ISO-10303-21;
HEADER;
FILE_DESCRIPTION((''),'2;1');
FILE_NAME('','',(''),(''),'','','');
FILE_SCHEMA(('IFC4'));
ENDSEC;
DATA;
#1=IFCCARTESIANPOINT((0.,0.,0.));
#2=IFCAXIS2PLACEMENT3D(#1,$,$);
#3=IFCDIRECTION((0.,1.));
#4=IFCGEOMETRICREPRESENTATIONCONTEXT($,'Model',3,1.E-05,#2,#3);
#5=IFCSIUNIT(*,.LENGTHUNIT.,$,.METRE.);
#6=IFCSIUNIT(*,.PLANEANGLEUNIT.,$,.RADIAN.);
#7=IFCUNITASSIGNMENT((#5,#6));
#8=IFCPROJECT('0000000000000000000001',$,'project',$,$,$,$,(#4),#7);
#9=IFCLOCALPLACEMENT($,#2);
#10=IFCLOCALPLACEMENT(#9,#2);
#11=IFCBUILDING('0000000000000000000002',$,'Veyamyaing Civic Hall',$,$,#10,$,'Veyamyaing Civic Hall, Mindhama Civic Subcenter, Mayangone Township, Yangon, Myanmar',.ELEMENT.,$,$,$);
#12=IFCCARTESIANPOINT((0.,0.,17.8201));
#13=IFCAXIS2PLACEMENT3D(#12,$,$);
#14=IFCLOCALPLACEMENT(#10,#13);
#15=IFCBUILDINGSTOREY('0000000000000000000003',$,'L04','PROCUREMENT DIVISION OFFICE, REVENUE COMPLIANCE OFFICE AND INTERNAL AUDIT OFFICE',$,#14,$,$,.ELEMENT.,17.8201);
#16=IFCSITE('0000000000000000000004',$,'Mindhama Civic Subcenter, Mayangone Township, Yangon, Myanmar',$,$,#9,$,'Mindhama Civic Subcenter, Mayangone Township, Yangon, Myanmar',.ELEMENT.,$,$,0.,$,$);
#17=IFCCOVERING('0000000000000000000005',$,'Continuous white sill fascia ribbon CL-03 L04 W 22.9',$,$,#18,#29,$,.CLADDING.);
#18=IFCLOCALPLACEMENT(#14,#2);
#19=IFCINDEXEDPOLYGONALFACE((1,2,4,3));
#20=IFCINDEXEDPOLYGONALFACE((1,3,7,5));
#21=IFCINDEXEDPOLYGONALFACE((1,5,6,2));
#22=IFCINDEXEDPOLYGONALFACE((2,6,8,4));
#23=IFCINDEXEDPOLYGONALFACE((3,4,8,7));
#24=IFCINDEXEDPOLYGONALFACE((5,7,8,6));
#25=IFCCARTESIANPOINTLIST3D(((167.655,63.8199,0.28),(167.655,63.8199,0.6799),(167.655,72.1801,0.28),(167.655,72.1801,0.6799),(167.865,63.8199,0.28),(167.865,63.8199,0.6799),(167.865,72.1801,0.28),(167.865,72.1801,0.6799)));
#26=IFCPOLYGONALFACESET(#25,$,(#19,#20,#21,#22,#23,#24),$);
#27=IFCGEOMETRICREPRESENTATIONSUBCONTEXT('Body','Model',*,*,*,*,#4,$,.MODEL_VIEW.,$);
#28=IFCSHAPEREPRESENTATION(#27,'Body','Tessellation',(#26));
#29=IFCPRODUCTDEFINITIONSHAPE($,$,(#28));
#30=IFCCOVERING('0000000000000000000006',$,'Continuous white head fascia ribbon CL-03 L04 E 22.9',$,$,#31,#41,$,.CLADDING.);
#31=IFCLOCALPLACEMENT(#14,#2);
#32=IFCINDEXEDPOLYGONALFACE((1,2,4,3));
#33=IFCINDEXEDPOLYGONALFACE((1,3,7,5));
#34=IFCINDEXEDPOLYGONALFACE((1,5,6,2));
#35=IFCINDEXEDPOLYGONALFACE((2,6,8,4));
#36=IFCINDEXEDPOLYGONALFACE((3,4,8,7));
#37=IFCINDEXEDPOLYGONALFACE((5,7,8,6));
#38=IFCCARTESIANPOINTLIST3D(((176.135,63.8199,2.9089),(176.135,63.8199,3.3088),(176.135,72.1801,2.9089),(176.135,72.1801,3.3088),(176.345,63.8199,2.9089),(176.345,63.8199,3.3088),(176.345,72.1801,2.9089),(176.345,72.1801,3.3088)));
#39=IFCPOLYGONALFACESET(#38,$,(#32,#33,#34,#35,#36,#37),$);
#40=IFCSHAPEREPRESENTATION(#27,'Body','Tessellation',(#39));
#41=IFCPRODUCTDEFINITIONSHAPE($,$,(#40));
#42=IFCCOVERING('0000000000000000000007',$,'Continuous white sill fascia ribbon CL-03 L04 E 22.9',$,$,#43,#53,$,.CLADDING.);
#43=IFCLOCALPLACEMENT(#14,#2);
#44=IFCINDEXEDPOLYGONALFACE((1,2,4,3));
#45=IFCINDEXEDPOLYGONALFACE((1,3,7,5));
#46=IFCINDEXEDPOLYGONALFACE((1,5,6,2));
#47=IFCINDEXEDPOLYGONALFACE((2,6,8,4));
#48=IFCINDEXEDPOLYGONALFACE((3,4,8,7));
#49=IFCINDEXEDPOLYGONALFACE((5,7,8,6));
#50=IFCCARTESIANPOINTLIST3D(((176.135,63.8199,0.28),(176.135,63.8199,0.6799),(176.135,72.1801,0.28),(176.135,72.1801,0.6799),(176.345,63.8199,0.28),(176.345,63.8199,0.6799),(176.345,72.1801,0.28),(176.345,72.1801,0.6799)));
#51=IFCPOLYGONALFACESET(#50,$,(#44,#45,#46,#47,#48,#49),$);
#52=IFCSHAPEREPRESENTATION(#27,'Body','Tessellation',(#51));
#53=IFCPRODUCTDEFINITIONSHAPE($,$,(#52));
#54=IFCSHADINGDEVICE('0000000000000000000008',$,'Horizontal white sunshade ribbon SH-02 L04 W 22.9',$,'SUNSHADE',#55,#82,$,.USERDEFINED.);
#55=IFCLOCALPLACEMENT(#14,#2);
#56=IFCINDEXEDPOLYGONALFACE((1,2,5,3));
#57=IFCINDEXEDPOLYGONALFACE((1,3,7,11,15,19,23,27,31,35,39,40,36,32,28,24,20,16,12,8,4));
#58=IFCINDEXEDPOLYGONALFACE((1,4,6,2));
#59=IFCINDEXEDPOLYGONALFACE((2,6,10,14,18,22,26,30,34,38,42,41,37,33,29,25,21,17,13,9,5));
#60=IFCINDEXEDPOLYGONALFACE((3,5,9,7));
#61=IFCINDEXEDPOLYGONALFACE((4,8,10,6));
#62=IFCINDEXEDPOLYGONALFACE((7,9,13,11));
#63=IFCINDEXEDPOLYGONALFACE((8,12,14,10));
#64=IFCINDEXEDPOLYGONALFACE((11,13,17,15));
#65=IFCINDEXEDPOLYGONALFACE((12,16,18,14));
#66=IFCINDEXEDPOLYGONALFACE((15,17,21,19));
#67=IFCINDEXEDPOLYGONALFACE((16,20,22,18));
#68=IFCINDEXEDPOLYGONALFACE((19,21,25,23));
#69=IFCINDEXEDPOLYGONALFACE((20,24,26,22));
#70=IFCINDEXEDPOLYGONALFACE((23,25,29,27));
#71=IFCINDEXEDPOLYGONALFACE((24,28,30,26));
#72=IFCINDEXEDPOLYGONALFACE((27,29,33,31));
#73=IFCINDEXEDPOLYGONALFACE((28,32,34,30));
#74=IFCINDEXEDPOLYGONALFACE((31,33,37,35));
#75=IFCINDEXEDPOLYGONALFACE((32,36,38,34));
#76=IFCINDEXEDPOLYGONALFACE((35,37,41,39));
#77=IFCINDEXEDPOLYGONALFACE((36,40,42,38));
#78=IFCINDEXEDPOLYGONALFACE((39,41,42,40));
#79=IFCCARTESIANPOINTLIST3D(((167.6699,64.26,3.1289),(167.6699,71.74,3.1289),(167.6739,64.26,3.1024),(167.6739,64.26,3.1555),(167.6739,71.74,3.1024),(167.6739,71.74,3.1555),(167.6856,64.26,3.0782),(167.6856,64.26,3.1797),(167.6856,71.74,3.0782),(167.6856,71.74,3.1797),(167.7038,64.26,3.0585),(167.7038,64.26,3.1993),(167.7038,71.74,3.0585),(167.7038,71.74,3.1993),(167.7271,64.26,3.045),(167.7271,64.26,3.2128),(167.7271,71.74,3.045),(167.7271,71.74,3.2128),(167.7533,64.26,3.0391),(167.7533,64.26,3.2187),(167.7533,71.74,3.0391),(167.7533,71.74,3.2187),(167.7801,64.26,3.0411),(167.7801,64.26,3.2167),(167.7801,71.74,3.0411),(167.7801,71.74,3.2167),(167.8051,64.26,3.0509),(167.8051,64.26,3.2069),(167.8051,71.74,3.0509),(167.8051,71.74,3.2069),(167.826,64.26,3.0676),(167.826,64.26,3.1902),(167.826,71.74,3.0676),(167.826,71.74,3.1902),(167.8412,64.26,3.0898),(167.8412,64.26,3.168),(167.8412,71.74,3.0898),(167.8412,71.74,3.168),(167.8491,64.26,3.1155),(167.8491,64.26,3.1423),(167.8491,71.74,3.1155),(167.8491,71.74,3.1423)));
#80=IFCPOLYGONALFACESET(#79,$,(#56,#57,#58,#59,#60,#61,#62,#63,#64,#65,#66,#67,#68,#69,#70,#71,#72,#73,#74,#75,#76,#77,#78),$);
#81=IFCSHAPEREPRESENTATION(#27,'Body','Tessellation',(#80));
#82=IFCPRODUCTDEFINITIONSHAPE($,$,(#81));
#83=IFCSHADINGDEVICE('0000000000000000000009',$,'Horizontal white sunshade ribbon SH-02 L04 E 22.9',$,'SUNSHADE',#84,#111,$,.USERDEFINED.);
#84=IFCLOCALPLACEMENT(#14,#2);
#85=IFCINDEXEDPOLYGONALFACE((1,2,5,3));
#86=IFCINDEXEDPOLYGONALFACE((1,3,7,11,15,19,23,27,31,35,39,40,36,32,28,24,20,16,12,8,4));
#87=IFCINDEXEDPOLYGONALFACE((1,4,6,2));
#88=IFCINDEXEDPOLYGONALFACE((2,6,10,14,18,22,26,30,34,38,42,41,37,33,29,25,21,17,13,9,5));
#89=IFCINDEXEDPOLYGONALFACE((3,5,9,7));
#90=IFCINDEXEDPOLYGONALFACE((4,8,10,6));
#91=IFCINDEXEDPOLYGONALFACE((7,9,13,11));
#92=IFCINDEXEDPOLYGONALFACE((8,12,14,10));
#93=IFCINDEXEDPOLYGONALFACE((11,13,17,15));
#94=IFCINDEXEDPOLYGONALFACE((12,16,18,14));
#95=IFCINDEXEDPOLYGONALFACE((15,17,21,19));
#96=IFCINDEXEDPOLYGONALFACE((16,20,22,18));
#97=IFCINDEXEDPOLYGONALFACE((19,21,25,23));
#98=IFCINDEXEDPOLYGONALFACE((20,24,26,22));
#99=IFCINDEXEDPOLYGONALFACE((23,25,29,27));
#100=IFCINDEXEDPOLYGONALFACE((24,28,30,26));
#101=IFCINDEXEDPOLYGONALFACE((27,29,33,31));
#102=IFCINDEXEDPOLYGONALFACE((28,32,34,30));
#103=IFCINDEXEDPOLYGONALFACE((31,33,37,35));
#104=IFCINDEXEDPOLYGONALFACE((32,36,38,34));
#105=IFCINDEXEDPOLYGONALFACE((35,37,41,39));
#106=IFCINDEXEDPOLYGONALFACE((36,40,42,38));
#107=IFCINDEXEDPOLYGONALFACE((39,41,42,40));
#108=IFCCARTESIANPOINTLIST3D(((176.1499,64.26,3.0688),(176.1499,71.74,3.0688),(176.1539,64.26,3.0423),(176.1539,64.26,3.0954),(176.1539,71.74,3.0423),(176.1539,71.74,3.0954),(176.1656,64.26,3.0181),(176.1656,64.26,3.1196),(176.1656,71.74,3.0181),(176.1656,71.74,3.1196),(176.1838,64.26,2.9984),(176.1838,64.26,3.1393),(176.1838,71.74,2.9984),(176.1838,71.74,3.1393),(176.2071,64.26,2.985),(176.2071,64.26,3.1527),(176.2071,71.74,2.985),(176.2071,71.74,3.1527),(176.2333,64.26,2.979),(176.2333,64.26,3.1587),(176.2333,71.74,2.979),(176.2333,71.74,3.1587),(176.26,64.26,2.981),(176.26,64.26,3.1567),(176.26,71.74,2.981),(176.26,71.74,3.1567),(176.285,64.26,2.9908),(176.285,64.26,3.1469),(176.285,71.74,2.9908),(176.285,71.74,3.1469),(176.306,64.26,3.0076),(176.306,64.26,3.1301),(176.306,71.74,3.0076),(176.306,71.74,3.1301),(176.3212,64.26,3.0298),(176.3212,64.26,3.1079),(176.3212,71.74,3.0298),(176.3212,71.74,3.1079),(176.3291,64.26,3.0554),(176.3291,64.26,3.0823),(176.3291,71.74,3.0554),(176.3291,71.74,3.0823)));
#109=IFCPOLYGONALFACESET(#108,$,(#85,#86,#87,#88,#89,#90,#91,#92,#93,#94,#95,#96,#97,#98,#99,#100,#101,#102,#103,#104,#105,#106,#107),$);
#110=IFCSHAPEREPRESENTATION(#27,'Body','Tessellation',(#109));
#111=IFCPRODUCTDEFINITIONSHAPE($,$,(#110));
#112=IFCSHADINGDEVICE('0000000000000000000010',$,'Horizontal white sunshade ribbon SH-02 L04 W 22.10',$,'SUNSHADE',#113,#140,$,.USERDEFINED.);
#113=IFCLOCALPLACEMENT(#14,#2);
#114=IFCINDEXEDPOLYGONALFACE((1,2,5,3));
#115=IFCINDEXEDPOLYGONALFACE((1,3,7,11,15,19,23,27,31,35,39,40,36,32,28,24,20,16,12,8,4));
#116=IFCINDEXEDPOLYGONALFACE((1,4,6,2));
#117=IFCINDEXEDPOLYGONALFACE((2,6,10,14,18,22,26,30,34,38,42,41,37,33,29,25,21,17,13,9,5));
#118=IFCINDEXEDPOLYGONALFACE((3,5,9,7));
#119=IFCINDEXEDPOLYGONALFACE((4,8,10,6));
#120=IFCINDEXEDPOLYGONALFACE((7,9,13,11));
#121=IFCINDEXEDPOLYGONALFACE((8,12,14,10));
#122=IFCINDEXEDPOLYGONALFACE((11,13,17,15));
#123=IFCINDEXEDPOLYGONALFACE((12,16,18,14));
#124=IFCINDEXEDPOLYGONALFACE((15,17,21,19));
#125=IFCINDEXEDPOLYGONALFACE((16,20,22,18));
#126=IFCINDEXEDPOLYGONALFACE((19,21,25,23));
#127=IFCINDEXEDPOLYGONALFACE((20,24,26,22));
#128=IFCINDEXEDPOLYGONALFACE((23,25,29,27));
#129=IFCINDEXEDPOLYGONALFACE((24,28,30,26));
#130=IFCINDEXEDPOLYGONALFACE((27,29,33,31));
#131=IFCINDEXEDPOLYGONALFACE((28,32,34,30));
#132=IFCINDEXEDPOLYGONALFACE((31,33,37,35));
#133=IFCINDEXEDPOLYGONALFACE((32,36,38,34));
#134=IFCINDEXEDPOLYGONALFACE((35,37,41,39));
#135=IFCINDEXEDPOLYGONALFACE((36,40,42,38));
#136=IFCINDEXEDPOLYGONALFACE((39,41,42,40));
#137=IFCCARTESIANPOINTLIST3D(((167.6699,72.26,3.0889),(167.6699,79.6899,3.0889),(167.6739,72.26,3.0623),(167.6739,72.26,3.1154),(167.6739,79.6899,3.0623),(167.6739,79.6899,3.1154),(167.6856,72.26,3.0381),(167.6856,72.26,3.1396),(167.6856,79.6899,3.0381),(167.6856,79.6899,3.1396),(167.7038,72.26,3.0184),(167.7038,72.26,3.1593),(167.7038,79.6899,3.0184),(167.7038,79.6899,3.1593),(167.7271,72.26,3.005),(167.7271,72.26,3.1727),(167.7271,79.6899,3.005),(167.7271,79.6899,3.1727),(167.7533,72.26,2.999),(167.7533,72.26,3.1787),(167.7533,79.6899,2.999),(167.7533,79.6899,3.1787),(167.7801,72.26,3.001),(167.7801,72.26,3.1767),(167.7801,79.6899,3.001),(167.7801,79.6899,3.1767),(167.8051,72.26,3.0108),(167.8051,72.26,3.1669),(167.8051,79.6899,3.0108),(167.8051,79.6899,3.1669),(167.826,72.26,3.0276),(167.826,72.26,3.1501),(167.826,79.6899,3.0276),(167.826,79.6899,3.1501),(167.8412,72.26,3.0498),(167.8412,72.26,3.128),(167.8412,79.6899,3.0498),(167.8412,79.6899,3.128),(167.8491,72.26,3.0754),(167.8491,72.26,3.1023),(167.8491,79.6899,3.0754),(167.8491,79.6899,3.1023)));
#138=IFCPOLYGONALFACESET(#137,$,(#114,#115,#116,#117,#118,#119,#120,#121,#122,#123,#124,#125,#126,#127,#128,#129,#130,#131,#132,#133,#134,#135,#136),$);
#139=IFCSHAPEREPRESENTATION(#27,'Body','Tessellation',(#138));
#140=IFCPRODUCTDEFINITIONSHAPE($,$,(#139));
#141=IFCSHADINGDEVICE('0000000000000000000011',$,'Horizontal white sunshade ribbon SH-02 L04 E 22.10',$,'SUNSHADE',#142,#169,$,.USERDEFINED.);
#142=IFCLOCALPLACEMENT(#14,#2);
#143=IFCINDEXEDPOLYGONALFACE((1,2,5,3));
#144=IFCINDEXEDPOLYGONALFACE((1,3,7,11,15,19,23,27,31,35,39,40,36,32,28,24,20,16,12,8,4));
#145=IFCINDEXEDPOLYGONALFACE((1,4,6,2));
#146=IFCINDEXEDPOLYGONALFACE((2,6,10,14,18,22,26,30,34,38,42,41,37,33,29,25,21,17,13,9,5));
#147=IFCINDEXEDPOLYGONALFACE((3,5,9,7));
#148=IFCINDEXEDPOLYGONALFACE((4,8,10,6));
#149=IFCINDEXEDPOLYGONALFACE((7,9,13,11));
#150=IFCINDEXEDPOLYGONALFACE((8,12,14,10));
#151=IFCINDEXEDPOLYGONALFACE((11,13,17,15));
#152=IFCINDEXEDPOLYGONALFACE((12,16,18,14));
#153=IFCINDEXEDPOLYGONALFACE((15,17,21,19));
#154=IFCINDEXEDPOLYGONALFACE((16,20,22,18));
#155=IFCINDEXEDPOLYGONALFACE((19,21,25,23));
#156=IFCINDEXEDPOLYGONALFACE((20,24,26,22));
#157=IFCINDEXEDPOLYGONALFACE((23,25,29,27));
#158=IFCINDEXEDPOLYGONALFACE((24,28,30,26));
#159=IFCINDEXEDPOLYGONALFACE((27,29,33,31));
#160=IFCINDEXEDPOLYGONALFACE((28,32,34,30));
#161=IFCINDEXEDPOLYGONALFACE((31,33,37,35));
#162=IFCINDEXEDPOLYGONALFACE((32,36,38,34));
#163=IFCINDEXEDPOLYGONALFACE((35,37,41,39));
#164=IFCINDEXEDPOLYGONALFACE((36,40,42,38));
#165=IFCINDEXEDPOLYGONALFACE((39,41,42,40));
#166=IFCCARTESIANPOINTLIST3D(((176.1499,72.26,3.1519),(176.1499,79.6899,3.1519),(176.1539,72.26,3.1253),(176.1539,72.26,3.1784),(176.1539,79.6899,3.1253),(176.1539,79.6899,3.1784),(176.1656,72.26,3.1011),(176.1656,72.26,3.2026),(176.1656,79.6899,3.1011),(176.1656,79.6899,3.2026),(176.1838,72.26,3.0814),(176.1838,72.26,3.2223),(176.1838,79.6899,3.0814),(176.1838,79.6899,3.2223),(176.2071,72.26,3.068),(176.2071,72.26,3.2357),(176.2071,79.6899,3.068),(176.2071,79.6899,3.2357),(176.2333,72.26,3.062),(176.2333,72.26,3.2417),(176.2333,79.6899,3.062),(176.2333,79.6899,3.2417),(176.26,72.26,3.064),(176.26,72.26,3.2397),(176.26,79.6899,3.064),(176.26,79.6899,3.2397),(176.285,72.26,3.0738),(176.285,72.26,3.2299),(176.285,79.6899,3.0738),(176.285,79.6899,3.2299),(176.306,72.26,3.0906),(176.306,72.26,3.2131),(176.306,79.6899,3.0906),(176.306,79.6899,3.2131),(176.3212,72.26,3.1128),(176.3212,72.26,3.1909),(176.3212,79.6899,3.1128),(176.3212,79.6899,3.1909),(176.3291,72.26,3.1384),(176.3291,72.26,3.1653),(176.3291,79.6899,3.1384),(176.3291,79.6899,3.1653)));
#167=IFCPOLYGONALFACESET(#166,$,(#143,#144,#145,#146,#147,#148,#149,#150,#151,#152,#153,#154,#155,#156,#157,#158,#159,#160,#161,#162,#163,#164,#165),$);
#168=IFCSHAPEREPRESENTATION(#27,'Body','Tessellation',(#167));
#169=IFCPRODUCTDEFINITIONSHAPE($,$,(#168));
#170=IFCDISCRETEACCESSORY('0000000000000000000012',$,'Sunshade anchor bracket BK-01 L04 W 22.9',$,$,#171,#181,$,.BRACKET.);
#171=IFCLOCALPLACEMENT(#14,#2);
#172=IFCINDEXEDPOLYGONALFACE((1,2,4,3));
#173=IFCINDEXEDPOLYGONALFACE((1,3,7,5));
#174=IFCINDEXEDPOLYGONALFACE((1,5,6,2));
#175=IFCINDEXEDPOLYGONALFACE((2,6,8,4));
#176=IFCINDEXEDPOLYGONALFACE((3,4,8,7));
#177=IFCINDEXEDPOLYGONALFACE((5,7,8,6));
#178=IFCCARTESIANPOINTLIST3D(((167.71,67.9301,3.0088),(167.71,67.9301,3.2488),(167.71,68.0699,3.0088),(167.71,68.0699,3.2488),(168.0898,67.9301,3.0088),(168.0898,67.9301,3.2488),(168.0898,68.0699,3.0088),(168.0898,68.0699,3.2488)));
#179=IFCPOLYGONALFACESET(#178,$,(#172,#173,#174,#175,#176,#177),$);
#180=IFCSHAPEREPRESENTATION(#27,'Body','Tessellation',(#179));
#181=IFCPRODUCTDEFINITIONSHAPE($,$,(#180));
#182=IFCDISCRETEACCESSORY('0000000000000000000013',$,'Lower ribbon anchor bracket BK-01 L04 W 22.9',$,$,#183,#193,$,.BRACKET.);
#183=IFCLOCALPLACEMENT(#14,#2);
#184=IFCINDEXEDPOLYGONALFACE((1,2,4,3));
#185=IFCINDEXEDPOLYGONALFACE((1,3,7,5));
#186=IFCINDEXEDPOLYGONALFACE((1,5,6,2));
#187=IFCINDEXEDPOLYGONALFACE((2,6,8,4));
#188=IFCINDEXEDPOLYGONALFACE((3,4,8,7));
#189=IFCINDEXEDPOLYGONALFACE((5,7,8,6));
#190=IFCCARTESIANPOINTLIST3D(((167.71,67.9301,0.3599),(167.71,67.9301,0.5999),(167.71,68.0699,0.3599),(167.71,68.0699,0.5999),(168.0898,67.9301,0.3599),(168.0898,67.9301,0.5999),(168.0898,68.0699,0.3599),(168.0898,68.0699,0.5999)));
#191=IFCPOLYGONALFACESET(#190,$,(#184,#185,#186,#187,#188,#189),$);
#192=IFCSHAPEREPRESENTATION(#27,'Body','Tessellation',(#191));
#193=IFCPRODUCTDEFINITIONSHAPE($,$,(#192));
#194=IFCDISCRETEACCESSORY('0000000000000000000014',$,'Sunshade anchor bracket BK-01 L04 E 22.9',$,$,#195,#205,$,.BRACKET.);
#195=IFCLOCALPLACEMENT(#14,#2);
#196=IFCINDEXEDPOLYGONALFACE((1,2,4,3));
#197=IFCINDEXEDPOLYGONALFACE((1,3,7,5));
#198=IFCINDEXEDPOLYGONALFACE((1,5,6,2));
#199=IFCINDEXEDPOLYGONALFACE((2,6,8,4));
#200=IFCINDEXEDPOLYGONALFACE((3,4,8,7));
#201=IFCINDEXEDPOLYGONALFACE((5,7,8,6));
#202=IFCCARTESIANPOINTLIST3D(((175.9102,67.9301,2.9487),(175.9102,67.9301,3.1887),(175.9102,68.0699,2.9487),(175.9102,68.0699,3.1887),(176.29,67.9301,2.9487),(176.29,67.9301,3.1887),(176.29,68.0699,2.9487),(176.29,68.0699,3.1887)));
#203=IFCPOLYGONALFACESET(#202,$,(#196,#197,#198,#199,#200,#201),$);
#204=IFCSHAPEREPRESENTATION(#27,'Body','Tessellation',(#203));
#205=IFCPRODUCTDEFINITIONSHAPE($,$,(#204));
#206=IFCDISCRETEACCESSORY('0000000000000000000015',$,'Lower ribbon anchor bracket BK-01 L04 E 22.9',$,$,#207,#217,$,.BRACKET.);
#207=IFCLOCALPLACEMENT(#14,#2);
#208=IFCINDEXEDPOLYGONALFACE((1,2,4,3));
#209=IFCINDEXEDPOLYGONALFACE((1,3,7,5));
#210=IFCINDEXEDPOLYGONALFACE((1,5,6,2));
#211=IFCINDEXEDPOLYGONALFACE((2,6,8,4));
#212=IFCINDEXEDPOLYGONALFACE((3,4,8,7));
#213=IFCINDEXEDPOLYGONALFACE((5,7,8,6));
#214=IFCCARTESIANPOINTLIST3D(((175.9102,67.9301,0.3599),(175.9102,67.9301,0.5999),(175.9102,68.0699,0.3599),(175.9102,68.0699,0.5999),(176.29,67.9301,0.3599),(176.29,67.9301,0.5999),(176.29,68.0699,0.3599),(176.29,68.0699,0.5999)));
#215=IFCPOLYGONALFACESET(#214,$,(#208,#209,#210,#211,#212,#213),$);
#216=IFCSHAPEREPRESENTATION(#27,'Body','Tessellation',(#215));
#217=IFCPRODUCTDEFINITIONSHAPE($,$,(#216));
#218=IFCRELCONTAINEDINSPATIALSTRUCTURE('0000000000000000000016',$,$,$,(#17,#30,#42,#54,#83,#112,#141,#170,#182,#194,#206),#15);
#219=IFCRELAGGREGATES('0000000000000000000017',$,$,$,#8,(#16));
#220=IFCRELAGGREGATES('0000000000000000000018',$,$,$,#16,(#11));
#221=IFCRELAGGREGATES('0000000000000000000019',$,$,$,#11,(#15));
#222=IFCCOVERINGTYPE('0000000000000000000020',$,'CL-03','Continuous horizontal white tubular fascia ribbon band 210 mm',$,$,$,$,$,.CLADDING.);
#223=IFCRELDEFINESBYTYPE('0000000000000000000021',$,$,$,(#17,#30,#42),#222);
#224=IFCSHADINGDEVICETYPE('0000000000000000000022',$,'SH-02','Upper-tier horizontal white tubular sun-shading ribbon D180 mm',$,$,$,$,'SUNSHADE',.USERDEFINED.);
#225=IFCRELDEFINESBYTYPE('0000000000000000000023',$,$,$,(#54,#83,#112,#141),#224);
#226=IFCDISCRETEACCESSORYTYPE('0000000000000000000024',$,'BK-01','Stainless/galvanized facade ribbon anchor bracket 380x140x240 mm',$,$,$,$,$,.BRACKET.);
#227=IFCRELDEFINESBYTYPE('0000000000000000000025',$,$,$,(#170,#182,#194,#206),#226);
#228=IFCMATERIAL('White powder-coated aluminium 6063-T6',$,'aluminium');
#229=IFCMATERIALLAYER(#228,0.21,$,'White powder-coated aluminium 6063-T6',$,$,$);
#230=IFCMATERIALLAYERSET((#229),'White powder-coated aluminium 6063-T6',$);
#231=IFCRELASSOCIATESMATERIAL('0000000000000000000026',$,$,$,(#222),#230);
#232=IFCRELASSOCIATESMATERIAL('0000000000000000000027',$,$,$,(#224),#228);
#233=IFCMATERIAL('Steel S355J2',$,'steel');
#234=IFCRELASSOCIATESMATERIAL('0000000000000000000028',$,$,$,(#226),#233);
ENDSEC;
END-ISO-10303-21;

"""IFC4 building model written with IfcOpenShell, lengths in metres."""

from ifc_helpers import new_model, si_unit, direction, frame, origin, origin_2d, place, context, subcontext, project, spatial, rectangle, circle, extrude, material, layer, layer_set, material_profile, profile_set, type_object, element, save


model = new_model("IFC4")

# Units and contexts
model_context = context("Model", 3, precision=1e-05, world=origin(), true_north=direction((0.0, 1.0)))
body_context = subcontext(model_context, "Body", "Model", "MODEL_VIEW")
ifc_project = project(units=[si_unit("LENGTHUNIT", "METRE"), si_unit("PLANEANGLEUNIT", "RADIAN")], contexts=[model_context])

# Site, building, storey
site_placement = place(None, origin())
site = spatial("IfcSite", under=ifc_project, at=site_placement, Name="Mindhama Civic Subcenter, Mayangone Township, Yangon, Myanmar", LongName="Mindhama Civic Subcenter, Mayangone Township, Yangon, Myanmar", CompositionType="ELEMENT", RefElevation=0.0)
building_placement = place(site_placement, origin())
building = spatial("IfcBuilding", under=site, at=building_placement, Name="Veyamyaing Civic Hall", LongName="Veyamyaing Civic Hall, Mindhama Civic Subcenter, Mayangone Township, Yangon, Myanmar", CompositionType="ELEMENT")
storey_placement = place(building_placement, frame((0.0, 0.0, 17.8201)))
storey = spatial("IfcBuildingStorey", under=building, at=storey_placement, Name="L04", Description="PROCUREMENT DIVISION OFFICE, REVENUE COMPLIANCE OFFICE AND INTERNAL AUDIT OFFICE", CompositionType="ELEMENT", Elevation=17.8201)

# Coverings
ifc_material_1 = material(Name="White powder-coated aluminium 6063-T6", Category="aluminium")
ifc_layer_1 = layer(ifc_material_1, 0.21, Name="White powder-coated aluminium 6063-T6")
ifc_layer_set_1 = layer_set([ifc_layer_1], Name="White powder-coated aluminium 6063-T6")
covering_type_1 = type_object("IfcCoveringType", Name="CL-03", Description="Continuous horizontal white tubular fascia ribbon band 210 mm", PredefinedType="CLADDING", material=ifc_layer_set_1)
for number, where, z_axis, x_axis, name in (
    (1, (167.76, 68.0, 0.28), (0.0, 0.0, 1.0), (0.0, 1.0, 0.0), "Continuous white sill fascia ribbon CL-03 L04 W 22.9"),
    (2, (176.24, 68.0, 2.9089), (0.0, 0.0, 1.0), (0.0, 1.0, 0.0), "Continuous white head fascia ribbon CL-03 L04 E 22.9"),
    (3, (176.24, 68.0, 0.28), (0.0, 0.0, 1.0), (0.0, 1.0, 0.0), "Continuous white sill fascia ribbon CL-03 L04 E 22.9"),
):
    element("IfcCovering", number, at=place(storey_placement, frame(where, z_axis=z_axis, x_axis=x_axis)), inside=storey, type_object=covering_type_1, Name=name, PredefinedType="CLADDING", context=body_context, shape_type="SweptSolid", body=[
        extrude(rectangle(XDim=8.3601, YDim=0.21, at=origin_2d()), origin(), (0.0, 0.0, 1.0), 0.3999),
    ])

# Shading devices
ifc_material_profile_1 = material_profile(ifc_material_1, circle(Radius=0.0901, at=origin_2d()), Name="SHADE-TUBE-180")
ifc_profile_set_1 = profile_set([ifc_material_profile_1], Name="White powder-coated aluminium 6063-T6")
shading_device_type = type_object("IfcShadingDeviceType", Name="SH-02", Description="Upper-tier horizontal white tubular sun-shading ribbon D180 mm", ElementType="SUNSHADE", PredefinedType="USERDEFINED", material=ifc_profile_set_1)
for number, where, z_axis, x_axis, name in (
    (4, (167.76, 64.26, 3.1289), (0.0, 1.0, 0.0), (-1.0, 0.0, 0.0), "Horizontal white sunshade ribbon SH-02 L04 W 22.9"),
    (5, (176.24, 64.26, 3.0688), (0.0, 1.0, 0.0), (-1.0, 0.0, 0.0), "Horizontal white sunshade ribbon SH-02 L04 E 22.9"),
):
    element("IfcShadingDevice", number, at=place(storey_placement, frame(where, z_axis=z_axis, x_axis=x_axis)), inside=storey, type_object=shading_device_type, Name=name, ObjectType="SUNSHADE", PredefinedType="USERDEFINED", context=body_context, shape_type="SweptSolid", body=[
        extrude(circle(Radius=0.0901, at=origin_2d()), origin(), (0.0, 0.0, 1.0), 7.48),
    ])
for number, where, z_axis, x_axis, name in (
    (6, (167.76, 72.26, 3.0889), (0.0, 1.0, 0.0), (-1.0, 0.0, 0.0), "Horizontal white sunshade ribbon SH-02 L04 W 22.10"),
    (7, (176.24, 72.26, 3.1519), (0.0, 1.0, 0.0), (-1.0, 0.0, 0.0), "Horizontal white sunshade ribbon SH-02 L04 E 22.10"),
):
    element("IfcShadingDevice", number, at=place(storey_placement, frame(where, z_axis=z_axis, x_axis=x_axis)), inside=storey, type_object=shading_device_type, Name=name, ObjectType="SUNSHADE", PredefinedType="USERDEFINED", context=body_context, shape_type="SweptSolid", body=[
        extrude(circle(Radius=0.0901, at=origin_2d()), origin(), (0.0, 0.0, 1.0), 7.4299),
    ])

# Discrete accessories
ifc_material_2 = material(Name="Steel S355J2", Category="steel")
discrete_accessory_type = type_object("IfcDiscreteAccessoryType", Name="BK-01", Description="Stainless/galvanized facade ribbon anchor bracket 380x140x240 mm", PredefinedType="BRACKET", material=ifc_material_2)
for number, where, z_axis, x_axis, name in (
    (8, (167.8999, 68.0, 3.0088), (0.0, 0.0, 1.0), (-1.0, 0.0, 0.0), "Sunshade anchor bracket BK-01 L04 W 22.9"),
    (9, (167.8999, 68.0, 0.3599), (0.0, 0.0, 1.0), (-1.0, 0.0, 0.0), "Lower ribbon anchor bracket BK-01 L04 W 22.9"),
    (10, (176.1001, 68.0, 2.9487), (0.0, 0.0, 1.0), (1.0, 0.0, 0.0), "Sunshade anchor bracket BK-01 L04 E 22.9"),
    (11, (176.1001, 68.0, 0.3599), (0.0, 0.0, 1.0), (1.0, 0.0, 0.0), "Lower ribbon anchor bracket BK-01 L04 E 22.9"),
):
    element("IfcDiscreteAccessory", number, at=place(storey_placement, frame(where, z_axis=z_axis, x_axis=x_axis)), inside=storey, type_object=discrete_accessory_type, Name=name, PredefinedType="BRACKET", context=body_context, shape_type="SweptSolid", body=[
        extrude(rectangle(XDim=0.3799, YDim=0.1399, at=origin_2d()), origin(), (0.0, 0.0, 1.0), 0.24),
    ])

save(model, "model.ifc")
